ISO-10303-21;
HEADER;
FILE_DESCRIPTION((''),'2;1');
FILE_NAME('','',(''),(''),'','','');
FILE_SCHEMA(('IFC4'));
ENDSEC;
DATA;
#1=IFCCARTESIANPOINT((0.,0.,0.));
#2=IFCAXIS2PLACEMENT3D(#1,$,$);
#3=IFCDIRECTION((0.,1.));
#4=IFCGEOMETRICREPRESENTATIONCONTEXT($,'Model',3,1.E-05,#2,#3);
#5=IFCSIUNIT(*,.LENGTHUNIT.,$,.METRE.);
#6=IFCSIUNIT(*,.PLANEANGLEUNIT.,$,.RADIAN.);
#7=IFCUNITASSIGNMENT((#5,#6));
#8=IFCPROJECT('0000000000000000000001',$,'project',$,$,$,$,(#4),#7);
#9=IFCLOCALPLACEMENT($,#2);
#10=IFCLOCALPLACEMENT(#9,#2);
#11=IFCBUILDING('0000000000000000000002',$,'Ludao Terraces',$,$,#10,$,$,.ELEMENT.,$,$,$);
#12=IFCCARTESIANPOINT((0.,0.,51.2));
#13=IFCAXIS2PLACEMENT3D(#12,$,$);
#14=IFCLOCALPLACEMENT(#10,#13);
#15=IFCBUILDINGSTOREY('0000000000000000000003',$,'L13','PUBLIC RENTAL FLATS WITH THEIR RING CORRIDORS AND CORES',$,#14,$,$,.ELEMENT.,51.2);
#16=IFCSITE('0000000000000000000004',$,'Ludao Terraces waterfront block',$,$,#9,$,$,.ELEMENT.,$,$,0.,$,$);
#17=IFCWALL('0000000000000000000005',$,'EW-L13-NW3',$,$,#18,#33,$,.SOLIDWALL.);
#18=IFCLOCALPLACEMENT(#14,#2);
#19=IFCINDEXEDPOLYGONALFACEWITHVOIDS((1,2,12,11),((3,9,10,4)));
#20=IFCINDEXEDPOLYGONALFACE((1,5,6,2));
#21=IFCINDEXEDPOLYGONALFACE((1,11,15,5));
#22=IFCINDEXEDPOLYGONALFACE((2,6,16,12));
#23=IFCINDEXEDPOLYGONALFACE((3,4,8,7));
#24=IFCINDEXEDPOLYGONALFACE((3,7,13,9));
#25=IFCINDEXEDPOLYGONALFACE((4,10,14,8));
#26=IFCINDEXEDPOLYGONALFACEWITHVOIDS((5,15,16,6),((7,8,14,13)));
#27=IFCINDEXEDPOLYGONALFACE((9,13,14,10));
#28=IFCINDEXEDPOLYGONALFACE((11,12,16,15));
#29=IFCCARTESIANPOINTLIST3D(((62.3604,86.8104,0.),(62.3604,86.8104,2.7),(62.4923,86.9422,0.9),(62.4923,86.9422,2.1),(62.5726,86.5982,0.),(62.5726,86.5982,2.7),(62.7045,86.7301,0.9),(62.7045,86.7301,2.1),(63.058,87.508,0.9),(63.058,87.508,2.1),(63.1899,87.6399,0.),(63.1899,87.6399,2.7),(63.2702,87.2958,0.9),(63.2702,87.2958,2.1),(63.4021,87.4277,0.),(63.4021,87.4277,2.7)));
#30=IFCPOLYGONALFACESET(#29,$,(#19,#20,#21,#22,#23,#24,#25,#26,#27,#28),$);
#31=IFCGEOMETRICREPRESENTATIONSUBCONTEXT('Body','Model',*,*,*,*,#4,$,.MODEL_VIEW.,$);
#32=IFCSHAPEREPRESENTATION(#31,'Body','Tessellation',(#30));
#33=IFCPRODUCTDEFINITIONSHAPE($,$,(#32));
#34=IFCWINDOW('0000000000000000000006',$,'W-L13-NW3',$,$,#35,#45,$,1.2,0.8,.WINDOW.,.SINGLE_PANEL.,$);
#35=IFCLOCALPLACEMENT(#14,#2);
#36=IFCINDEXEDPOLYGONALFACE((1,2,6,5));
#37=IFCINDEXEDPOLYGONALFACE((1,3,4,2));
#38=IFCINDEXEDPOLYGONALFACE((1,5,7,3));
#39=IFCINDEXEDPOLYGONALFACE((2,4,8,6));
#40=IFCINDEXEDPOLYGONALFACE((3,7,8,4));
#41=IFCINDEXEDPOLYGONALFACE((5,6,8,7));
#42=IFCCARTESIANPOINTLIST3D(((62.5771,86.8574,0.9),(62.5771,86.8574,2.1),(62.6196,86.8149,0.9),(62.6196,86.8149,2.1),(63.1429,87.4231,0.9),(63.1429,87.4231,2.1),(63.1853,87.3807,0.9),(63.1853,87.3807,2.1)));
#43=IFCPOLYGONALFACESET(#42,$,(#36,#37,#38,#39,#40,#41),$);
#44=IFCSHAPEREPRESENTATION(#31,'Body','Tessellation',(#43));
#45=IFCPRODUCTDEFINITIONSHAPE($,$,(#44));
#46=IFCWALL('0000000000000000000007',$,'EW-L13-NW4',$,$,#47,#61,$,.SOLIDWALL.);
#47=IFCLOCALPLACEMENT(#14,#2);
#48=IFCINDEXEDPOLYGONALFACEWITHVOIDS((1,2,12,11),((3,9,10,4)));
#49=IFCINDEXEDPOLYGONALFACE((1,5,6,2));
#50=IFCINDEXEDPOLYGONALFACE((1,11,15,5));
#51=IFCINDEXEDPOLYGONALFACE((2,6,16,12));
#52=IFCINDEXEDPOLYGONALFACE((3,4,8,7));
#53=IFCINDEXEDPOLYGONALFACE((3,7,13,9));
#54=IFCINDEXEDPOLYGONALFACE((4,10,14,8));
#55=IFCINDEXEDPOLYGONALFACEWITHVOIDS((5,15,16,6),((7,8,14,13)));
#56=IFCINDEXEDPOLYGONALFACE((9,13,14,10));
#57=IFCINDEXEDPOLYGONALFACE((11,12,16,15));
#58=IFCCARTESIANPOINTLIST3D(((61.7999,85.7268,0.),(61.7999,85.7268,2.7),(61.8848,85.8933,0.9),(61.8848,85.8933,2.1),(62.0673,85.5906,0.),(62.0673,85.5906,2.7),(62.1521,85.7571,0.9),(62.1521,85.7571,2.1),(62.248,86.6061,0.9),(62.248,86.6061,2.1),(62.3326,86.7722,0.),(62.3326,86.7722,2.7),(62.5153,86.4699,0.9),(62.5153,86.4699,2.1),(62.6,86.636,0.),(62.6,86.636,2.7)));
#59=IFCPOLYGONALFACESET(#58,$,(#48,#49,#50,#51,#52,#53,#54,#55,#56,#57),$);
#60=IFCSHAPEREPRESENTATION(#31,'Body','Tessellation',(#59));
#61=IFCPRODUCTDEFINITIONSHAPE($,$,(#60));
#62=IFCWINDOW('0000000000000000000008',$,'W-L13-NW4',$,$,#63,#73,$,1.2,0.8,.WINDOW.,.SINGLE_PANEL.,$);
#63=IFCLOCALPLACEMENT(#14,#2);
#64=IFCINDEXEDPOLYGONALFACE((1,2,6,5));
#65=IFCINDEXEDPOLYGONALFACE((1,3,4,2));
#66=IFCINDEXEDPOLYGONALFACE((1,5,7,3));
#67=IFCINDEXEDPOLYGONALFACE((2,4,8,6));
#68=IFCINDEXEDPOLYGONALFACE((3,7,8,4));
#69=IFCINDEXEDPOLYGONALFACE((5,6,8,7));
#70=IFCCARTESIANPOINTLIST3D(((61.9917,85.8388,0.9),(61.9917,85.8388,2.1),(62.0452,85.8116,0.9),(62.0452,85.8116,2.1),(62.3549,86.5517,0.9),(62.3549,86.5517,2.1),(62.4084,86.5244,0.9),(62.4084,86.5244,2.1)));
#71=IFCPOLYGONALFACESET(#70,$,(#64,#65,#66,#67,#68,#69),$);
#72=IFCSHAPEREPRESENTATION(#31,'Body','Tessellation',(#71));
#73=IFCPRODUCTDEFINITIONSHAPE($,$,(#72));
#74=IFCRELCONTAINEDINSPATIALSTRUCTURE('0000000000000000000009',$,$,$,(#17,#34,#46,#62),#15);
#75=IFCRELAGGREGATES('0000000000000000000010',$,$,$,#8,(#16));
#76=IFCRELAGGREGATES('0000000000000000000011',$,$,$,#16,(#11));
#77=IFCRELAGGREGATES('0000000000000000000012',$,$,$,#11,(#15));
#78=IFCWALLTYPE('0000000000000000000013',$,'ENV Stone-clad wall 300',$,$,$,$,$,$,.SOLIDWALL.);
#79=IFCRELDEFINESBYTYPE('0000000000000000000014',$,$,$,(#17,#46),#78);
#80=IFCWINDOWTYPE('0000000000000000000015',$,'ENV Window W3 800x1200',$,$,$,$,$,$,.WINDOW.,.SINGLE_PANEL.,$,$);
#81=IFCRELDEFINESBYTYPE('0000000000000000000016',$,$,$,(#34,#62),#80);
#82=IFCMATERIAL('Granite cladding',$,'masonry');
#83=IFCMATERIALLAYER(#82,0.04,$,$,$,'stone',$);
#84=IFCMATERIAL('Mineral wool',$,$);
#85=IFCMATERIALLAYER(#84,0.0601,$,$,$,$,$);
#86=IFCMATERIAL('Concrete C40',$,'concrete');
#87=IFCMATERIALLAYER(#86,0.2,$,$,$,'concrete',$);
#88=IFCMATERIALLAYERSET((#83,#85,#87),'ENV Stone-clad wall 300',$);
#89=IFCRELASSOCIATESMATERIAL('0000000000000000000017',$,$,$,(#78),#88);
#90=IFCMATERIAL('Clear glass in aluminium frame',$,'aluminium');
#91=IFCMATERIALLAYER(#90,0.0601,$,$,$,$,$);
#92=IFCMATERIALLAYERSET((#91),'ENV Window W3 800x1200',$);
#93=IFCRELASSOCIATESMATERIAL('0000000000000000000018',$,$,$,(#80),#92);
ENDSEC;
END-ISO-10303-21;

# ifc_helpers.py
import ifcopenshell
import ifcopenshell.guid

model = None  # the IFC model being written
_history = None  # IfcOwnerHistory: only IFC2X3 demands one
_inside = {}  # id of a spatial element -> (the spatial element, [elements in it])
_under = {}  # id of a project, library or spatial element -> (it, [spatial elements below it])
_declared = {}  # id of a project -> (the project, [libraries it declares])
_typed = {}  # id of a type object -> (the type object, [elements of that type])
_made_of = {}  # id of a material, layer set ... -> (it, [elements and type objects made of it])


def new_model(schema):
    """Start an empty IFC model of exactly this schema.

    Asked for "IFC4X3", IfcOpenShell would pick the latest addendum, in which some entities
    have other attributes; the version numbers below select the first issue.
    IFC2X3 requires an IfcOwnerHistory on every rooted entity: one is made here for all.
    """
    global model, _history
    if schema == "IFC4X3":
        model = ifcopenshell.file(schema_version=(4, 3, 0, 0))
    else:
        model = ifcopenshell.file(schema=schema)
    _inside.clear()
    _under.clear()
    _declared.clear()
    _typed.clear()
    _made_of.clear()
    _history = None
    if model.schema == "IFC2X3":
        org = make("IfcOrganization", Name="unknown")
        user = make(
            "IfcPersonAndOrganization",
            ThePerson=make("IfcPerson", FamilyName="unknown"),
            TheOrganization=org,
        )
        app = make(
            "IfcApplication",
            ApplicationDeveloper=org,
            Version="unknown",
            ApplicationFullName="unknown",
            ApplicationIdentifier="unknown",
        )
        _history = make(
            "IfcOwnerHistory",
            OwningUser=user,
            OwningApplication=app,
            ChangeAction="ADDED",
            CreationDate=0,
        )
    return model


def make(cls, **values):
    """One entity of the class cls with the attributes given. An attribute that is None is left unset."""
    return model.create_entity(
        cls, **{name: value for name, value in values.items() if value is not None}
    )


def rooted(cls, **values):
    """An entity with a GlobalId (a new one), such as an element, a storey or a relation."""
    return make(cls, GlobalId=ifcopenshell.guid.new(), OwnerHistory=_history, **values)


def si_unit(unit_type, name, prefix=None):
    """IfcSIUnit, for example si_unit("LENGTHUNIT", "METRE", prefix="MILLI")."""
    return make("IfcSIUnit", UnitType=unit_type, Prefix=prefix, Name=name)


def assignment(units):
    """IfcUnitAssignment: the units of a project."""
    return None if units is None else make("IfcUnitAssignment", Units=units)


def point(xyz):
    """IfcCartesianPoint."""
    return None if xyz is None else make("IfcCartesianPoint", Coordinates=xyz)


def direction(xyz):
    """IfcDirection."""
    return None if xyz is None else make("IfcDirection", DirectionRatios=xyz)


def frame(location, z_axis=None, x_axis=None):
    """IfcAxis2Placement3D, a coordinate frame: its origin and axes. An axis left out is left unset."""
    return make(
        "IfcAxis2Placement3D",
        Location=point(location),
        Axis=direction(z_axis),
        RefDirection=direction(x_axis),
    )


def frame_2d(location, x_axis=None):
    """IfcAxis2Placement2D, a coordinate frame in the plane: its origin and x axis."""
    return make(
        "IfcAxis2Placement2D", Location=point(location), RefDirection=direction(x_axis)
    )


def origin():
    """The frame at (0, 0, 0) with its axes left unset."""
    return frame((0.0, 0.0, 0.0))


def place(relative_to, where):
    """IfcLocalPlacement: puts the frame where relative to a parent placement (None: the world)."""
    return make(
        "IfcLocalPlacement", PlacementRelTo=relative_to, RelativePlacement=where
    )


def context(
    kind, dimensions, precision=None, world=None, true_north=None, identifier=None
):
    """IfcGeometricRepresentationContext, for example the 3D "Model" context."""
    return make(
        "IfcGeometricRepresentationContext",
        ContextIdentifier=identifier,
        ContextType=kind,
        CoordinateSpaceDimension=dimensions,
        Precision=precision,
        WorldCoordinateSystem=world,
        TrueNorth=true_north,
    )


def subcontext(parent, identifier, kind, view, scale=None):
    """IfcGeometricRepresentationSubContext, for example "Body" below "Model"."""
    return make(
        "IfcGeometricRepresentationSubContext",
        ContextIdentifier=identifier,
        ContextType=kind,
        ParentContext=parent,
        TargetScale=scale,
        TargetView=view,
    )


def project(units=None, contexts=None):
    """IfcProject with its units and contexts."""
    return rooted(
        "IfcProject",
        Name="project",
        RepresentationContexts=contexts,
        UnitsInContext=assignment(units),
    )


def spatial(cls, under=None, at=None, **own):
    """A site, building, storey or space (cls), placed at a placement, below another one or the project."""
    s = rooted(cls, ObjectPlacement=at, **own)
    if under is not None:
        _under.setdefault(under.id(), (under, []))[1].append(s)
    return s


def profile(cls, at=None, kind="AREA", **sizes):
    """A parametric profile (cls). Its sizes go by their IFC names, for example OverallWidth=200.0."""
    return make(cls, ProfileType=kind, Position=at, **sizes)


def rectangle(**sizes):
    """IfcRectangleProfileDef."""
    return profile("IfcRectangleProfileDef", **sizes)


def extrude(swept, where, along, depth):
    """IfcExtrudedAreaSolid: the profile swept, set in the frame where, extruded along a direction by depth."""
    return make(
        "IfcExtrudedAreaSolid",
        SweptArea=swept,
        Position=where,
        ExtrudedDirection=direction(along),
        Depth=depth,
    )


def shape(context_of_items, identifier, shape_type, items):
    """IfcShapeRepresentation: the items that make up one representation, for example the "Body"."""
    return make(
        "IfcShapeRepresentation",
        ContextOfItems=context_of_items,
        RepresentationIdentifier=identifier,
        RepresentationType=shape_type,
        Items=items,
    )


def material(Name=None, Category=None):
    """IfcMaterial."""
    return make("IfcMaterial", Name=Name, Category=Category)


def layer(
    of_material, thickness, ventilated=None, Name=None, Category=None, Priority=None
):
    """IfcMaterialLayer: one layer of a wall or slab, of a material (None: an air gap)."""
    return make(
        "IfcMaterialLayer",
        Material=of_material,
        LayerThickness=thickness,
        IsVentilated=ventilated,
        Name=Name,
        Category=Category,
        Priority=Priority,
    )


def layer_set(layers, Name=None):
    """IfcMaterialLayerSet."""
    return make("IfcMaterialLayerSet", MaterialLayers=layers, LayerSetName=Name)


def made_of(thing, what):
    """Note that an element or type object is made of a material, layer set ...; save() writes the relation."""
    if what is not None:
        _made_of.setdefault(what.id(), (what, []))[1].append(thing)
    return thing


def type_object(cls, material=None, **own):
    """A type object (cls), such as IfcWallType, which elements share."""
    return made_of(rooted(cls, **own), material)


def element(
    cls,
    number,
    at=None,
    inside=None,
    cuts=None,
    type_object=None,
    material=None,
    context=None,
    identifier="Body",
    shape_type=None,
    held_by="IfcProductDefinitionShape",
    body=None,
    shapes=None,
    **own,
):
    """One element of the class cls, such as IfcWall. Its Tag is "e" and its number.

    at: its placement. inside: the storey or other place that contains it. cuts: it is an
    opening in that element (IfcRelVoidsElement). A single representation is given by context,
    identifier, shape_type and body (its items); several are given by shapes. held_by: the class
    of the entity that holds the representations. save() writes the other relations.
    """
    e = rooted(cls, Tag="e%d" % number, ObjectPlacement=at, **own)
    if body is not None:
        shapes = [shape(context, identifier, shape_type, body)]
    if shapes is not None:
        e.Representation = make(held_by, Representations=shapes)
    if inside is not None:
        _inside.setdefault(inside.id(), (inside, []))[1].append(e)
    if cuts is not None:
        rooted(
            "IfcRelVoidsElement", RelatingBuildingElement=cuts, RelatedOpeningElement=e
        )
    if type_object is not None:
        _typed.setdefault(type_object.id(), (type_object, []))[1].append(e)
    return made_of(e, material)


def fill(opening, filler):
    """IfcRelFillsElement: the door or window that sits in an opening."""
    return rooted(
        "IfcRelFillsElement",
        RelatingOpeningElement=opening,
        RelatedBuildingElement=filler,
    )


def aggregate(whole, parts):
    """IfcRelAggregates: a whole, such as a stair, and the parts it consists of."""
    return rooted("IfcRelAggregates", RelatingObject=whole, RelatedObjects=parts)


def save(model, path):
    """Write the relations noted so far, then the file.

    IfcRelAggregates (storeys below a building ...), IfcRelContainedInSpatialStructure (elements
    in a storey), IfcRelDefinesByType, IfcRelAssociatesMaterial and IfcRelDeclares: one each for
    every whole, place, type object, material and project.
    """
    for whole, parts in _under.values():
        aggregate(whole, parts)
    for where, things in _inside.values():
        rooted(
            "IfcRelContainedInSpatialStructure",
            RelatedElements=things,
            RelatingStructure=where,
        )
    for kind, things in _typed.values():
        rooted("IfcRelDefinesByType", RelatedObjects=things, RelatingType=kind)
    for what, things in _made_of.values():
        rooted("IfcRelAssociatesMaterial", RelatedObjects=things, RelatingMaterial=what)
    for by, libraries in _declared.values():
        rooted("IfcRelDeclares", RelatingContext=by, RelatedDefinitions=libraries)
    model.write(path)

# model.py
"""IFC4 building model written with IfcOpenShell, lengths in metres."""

from ifc_helpers import new_model, si_unit, direction, frame, frame_2d, origin, place, context, subcontext, project, spatial, rectangle, extrude, material, layer, layer_set, type_object, element, fill, save


model = new_model("IFC4")

# Units and contexts
model_context = context("Model", 3, precision=1e-05, world=origin(), true_north=direction((0.0, 1.0)))
body_context = subcontext(model_context, "Body", "Model", "MODEL_VIEW")
ifc_project = project(units=[si_unit("LENGTHUNIT", "METRE"), si_unit("PLANEANGLEUNIT", "RADIAN")], contexts=[model_context])

# Site, building, storey
site_placement = place(None, origin())
site = spatial("IfcSite", under=ifc_project, at=site_placement, Name="Ludao Terraces waterfront block", CompositionType="ELEMENT", RefElevation=0.0)
building_placement = place(site_placement, origin())
building = spatial("IfcBuilding", under=site, at=building_placement, Name="Ludao Terraces", CompositionType="ELEMENT")
storey_placement = place(building_placement, frame((0.0, 0.0, 51.2)))
storey = spatial("IfcBuildingStorey", under=building, at=storey_placement, Name="L13", Description="PUBLIC RENTAL FLATS WITH THEIR RING CORRIDORS AND CORES", CompositionType="ELEMENT", Elevation=51.2)

# Shared definitions
ifc_material_1 = material(Name="Concrete C40", Category="concrete")

# Shared definitions
ifc_material_2 = material(Name="Granite cladding", Category="masonry")
ifc_layer_1 = layer(ifc_material_2, 0.04, Category="stone")
ifc_material_3 = material(Name="Mineral wool")
ifc_layer_2 = layer(ifc_material_3, 0.0601)
ifc_layer_3 = layer(ifc_material_1, 0.2, Category="concrete")
ifc_layer_set_1 = layer_set([ifc_layer_1, ifc_layer_2, ifc_layer_3], Name="ENV Stone-clad wall 300")
wall_type_1 = type_object("IfcWallType", Name="ENV Stone-clad wall 300", PredefinedType="SOLIDWALL", material=ifc_layer_set_1)
ifc_material_4 = material(Name="Clear glass in aluminium frame", Category="aluminium")

# Walls, openings, windows
ifc_layer_4 = layer(ifc_material_4, 0.0601)
ifc_layer_set_2 = layer_set([ifc_layer_4], Name="ENV Window W3 800x1200")
window_type_1 = type_object("IfcWindowType", Name="ENV Window W3 800x1200", PartitioningType="SINGLE_PANEL", PredefinedType="WINDOW", material=ifc_layer_set_2)
wall_1_placement = place(storey_placement, frame((63.2959, 87.5337, 0.0), z_axis=(0.0, 0.0, 1.0), x_axis=(-0.707107, -0.707107, 0.0)))
wall_1 = element("IfcWall", 1, at=wall_1_placement, inside=storey, type_object=wall_type_1, Name="EW-L13-NW3", PredefinedType="SOLIDWALL", context=body_context, shape_type="SweptSolid", body=[
    extrude(rectangle(XDim=1.1731, YDim=0.3, at=frame_2d((0.5864, 0.0))), origin(), (0.0, 0.0, 1.0), 2.7),
])
opening_1_placement = place(wall_1_placement, frame((0.1865, 0.0, 0.8999)))
opening_1 = element("IfcOpeningElement", 2, at=opening_1_placement, cuts=wall_1, PredefinedType="OPENING", context=body_context, shape_type="SweptSolid", body=[
    extrude(rectangle(XDim=0.8, YDim=1.2, at=frame_2d((0.3999, 0.6001))), frame((0.0, 0.1602, 0.0), z_axis=(0.0, -1.0, 0.0), x_axis=(1.0, 0.0, 0.0)), (0.0, 0.0, 1.0), 0.3201),
])
window_1_placement = place(opening_1_placement, origin())
window_1 = element("IfcWindow", 3, at=window_1_placement, inside=storey, type_object=window_type_1, Name="W-L13-NW3", OverallHeight=1.2, OverallWidth=0.8, PartitioningType="SINGLE_PANEL", PredefinedType="WINDOW", context=body_context, shape_type="SweptSolid", body=[
    extrude(rectangle(XDim=0.8, YDim=1.2, at=frame_2d((0.3999, 0.6001))), frame((0.0, 0.03, 0.0), z_axis=(0.0, -1.0, 0.0), x_axis=(1.0, 0.0, 0.0)), (0.0, 0.0, 1.0), 0.0601),
])
fill(opening_1, window_1)
wall_2_placement = place(storey_placement, frame((62.4663, 86.7041, 0.0), z_axis=(0.0, 0.0, 1.0), x_axis=(-0.454026, -0.890989, 0.0)))
wall_2 = element("IfcWall", 4, at=wall_2_placement, inside=storey, type_object=wall_type_1, Name="EW-L13-NW4", PredefinedType="SOLIDWALL", context=body_context, shape_type="SweptSolid", body=[
    extrude(rectangle(XDim=1.1733, YDim=0.3, at=frame_2d((0.5867, 0.0))), origin(), (0.0, 0.0, 1.0), 2.7),
])
opening_2_placement = place(wall_2_placement, frame((0.1865, 0.0, 0.8999)))
opening_2 = element("IfcOpeningElement", 5, at=opening_2_placement, cuts=wall_2, PredefinedType="OPENING", context=body_context, shape_type="SweptSolid", body=[
    extrude(rectangle(XDim=0.8, YDim=1.2, at=frame_2d((0.3999, 0.6001))), frame((0.0, 0.1602, 0.0), z_axis=(0.0, -1.0, 0.0), x_axis=(1.0, 0.0, 0.0)), (0.0, 0.0, 1.0), 0.3201),
])
window_2_placement = place(opening_2_placement, origin())
window_2 = element("IfcWindow", 6, at=window_2_placement, inside=storey, type_object=window_type_1, Name="W-L13-NW4", OverallHeight=1.2, OverallWidth=0.8, PartitioningType="SINGLE_PANEL", PredefinedType="WINDOW", context=body_context, shape_type="SweptSolid", body=[
    extrude(rectangle(XDim=0.8, YDim=1.2, at=frame_2d((0.3999, 0.6001))), frame((0.0, 0.03, 0.0), z_axis=(0.0, -1.0, 0.0), x_axis=(1.0, 0.0, 0.0)), (0.0, 0.0, 1.0), 0.0601),
])
fill(opening_2, window_2)

save(model, "model.ifc")
